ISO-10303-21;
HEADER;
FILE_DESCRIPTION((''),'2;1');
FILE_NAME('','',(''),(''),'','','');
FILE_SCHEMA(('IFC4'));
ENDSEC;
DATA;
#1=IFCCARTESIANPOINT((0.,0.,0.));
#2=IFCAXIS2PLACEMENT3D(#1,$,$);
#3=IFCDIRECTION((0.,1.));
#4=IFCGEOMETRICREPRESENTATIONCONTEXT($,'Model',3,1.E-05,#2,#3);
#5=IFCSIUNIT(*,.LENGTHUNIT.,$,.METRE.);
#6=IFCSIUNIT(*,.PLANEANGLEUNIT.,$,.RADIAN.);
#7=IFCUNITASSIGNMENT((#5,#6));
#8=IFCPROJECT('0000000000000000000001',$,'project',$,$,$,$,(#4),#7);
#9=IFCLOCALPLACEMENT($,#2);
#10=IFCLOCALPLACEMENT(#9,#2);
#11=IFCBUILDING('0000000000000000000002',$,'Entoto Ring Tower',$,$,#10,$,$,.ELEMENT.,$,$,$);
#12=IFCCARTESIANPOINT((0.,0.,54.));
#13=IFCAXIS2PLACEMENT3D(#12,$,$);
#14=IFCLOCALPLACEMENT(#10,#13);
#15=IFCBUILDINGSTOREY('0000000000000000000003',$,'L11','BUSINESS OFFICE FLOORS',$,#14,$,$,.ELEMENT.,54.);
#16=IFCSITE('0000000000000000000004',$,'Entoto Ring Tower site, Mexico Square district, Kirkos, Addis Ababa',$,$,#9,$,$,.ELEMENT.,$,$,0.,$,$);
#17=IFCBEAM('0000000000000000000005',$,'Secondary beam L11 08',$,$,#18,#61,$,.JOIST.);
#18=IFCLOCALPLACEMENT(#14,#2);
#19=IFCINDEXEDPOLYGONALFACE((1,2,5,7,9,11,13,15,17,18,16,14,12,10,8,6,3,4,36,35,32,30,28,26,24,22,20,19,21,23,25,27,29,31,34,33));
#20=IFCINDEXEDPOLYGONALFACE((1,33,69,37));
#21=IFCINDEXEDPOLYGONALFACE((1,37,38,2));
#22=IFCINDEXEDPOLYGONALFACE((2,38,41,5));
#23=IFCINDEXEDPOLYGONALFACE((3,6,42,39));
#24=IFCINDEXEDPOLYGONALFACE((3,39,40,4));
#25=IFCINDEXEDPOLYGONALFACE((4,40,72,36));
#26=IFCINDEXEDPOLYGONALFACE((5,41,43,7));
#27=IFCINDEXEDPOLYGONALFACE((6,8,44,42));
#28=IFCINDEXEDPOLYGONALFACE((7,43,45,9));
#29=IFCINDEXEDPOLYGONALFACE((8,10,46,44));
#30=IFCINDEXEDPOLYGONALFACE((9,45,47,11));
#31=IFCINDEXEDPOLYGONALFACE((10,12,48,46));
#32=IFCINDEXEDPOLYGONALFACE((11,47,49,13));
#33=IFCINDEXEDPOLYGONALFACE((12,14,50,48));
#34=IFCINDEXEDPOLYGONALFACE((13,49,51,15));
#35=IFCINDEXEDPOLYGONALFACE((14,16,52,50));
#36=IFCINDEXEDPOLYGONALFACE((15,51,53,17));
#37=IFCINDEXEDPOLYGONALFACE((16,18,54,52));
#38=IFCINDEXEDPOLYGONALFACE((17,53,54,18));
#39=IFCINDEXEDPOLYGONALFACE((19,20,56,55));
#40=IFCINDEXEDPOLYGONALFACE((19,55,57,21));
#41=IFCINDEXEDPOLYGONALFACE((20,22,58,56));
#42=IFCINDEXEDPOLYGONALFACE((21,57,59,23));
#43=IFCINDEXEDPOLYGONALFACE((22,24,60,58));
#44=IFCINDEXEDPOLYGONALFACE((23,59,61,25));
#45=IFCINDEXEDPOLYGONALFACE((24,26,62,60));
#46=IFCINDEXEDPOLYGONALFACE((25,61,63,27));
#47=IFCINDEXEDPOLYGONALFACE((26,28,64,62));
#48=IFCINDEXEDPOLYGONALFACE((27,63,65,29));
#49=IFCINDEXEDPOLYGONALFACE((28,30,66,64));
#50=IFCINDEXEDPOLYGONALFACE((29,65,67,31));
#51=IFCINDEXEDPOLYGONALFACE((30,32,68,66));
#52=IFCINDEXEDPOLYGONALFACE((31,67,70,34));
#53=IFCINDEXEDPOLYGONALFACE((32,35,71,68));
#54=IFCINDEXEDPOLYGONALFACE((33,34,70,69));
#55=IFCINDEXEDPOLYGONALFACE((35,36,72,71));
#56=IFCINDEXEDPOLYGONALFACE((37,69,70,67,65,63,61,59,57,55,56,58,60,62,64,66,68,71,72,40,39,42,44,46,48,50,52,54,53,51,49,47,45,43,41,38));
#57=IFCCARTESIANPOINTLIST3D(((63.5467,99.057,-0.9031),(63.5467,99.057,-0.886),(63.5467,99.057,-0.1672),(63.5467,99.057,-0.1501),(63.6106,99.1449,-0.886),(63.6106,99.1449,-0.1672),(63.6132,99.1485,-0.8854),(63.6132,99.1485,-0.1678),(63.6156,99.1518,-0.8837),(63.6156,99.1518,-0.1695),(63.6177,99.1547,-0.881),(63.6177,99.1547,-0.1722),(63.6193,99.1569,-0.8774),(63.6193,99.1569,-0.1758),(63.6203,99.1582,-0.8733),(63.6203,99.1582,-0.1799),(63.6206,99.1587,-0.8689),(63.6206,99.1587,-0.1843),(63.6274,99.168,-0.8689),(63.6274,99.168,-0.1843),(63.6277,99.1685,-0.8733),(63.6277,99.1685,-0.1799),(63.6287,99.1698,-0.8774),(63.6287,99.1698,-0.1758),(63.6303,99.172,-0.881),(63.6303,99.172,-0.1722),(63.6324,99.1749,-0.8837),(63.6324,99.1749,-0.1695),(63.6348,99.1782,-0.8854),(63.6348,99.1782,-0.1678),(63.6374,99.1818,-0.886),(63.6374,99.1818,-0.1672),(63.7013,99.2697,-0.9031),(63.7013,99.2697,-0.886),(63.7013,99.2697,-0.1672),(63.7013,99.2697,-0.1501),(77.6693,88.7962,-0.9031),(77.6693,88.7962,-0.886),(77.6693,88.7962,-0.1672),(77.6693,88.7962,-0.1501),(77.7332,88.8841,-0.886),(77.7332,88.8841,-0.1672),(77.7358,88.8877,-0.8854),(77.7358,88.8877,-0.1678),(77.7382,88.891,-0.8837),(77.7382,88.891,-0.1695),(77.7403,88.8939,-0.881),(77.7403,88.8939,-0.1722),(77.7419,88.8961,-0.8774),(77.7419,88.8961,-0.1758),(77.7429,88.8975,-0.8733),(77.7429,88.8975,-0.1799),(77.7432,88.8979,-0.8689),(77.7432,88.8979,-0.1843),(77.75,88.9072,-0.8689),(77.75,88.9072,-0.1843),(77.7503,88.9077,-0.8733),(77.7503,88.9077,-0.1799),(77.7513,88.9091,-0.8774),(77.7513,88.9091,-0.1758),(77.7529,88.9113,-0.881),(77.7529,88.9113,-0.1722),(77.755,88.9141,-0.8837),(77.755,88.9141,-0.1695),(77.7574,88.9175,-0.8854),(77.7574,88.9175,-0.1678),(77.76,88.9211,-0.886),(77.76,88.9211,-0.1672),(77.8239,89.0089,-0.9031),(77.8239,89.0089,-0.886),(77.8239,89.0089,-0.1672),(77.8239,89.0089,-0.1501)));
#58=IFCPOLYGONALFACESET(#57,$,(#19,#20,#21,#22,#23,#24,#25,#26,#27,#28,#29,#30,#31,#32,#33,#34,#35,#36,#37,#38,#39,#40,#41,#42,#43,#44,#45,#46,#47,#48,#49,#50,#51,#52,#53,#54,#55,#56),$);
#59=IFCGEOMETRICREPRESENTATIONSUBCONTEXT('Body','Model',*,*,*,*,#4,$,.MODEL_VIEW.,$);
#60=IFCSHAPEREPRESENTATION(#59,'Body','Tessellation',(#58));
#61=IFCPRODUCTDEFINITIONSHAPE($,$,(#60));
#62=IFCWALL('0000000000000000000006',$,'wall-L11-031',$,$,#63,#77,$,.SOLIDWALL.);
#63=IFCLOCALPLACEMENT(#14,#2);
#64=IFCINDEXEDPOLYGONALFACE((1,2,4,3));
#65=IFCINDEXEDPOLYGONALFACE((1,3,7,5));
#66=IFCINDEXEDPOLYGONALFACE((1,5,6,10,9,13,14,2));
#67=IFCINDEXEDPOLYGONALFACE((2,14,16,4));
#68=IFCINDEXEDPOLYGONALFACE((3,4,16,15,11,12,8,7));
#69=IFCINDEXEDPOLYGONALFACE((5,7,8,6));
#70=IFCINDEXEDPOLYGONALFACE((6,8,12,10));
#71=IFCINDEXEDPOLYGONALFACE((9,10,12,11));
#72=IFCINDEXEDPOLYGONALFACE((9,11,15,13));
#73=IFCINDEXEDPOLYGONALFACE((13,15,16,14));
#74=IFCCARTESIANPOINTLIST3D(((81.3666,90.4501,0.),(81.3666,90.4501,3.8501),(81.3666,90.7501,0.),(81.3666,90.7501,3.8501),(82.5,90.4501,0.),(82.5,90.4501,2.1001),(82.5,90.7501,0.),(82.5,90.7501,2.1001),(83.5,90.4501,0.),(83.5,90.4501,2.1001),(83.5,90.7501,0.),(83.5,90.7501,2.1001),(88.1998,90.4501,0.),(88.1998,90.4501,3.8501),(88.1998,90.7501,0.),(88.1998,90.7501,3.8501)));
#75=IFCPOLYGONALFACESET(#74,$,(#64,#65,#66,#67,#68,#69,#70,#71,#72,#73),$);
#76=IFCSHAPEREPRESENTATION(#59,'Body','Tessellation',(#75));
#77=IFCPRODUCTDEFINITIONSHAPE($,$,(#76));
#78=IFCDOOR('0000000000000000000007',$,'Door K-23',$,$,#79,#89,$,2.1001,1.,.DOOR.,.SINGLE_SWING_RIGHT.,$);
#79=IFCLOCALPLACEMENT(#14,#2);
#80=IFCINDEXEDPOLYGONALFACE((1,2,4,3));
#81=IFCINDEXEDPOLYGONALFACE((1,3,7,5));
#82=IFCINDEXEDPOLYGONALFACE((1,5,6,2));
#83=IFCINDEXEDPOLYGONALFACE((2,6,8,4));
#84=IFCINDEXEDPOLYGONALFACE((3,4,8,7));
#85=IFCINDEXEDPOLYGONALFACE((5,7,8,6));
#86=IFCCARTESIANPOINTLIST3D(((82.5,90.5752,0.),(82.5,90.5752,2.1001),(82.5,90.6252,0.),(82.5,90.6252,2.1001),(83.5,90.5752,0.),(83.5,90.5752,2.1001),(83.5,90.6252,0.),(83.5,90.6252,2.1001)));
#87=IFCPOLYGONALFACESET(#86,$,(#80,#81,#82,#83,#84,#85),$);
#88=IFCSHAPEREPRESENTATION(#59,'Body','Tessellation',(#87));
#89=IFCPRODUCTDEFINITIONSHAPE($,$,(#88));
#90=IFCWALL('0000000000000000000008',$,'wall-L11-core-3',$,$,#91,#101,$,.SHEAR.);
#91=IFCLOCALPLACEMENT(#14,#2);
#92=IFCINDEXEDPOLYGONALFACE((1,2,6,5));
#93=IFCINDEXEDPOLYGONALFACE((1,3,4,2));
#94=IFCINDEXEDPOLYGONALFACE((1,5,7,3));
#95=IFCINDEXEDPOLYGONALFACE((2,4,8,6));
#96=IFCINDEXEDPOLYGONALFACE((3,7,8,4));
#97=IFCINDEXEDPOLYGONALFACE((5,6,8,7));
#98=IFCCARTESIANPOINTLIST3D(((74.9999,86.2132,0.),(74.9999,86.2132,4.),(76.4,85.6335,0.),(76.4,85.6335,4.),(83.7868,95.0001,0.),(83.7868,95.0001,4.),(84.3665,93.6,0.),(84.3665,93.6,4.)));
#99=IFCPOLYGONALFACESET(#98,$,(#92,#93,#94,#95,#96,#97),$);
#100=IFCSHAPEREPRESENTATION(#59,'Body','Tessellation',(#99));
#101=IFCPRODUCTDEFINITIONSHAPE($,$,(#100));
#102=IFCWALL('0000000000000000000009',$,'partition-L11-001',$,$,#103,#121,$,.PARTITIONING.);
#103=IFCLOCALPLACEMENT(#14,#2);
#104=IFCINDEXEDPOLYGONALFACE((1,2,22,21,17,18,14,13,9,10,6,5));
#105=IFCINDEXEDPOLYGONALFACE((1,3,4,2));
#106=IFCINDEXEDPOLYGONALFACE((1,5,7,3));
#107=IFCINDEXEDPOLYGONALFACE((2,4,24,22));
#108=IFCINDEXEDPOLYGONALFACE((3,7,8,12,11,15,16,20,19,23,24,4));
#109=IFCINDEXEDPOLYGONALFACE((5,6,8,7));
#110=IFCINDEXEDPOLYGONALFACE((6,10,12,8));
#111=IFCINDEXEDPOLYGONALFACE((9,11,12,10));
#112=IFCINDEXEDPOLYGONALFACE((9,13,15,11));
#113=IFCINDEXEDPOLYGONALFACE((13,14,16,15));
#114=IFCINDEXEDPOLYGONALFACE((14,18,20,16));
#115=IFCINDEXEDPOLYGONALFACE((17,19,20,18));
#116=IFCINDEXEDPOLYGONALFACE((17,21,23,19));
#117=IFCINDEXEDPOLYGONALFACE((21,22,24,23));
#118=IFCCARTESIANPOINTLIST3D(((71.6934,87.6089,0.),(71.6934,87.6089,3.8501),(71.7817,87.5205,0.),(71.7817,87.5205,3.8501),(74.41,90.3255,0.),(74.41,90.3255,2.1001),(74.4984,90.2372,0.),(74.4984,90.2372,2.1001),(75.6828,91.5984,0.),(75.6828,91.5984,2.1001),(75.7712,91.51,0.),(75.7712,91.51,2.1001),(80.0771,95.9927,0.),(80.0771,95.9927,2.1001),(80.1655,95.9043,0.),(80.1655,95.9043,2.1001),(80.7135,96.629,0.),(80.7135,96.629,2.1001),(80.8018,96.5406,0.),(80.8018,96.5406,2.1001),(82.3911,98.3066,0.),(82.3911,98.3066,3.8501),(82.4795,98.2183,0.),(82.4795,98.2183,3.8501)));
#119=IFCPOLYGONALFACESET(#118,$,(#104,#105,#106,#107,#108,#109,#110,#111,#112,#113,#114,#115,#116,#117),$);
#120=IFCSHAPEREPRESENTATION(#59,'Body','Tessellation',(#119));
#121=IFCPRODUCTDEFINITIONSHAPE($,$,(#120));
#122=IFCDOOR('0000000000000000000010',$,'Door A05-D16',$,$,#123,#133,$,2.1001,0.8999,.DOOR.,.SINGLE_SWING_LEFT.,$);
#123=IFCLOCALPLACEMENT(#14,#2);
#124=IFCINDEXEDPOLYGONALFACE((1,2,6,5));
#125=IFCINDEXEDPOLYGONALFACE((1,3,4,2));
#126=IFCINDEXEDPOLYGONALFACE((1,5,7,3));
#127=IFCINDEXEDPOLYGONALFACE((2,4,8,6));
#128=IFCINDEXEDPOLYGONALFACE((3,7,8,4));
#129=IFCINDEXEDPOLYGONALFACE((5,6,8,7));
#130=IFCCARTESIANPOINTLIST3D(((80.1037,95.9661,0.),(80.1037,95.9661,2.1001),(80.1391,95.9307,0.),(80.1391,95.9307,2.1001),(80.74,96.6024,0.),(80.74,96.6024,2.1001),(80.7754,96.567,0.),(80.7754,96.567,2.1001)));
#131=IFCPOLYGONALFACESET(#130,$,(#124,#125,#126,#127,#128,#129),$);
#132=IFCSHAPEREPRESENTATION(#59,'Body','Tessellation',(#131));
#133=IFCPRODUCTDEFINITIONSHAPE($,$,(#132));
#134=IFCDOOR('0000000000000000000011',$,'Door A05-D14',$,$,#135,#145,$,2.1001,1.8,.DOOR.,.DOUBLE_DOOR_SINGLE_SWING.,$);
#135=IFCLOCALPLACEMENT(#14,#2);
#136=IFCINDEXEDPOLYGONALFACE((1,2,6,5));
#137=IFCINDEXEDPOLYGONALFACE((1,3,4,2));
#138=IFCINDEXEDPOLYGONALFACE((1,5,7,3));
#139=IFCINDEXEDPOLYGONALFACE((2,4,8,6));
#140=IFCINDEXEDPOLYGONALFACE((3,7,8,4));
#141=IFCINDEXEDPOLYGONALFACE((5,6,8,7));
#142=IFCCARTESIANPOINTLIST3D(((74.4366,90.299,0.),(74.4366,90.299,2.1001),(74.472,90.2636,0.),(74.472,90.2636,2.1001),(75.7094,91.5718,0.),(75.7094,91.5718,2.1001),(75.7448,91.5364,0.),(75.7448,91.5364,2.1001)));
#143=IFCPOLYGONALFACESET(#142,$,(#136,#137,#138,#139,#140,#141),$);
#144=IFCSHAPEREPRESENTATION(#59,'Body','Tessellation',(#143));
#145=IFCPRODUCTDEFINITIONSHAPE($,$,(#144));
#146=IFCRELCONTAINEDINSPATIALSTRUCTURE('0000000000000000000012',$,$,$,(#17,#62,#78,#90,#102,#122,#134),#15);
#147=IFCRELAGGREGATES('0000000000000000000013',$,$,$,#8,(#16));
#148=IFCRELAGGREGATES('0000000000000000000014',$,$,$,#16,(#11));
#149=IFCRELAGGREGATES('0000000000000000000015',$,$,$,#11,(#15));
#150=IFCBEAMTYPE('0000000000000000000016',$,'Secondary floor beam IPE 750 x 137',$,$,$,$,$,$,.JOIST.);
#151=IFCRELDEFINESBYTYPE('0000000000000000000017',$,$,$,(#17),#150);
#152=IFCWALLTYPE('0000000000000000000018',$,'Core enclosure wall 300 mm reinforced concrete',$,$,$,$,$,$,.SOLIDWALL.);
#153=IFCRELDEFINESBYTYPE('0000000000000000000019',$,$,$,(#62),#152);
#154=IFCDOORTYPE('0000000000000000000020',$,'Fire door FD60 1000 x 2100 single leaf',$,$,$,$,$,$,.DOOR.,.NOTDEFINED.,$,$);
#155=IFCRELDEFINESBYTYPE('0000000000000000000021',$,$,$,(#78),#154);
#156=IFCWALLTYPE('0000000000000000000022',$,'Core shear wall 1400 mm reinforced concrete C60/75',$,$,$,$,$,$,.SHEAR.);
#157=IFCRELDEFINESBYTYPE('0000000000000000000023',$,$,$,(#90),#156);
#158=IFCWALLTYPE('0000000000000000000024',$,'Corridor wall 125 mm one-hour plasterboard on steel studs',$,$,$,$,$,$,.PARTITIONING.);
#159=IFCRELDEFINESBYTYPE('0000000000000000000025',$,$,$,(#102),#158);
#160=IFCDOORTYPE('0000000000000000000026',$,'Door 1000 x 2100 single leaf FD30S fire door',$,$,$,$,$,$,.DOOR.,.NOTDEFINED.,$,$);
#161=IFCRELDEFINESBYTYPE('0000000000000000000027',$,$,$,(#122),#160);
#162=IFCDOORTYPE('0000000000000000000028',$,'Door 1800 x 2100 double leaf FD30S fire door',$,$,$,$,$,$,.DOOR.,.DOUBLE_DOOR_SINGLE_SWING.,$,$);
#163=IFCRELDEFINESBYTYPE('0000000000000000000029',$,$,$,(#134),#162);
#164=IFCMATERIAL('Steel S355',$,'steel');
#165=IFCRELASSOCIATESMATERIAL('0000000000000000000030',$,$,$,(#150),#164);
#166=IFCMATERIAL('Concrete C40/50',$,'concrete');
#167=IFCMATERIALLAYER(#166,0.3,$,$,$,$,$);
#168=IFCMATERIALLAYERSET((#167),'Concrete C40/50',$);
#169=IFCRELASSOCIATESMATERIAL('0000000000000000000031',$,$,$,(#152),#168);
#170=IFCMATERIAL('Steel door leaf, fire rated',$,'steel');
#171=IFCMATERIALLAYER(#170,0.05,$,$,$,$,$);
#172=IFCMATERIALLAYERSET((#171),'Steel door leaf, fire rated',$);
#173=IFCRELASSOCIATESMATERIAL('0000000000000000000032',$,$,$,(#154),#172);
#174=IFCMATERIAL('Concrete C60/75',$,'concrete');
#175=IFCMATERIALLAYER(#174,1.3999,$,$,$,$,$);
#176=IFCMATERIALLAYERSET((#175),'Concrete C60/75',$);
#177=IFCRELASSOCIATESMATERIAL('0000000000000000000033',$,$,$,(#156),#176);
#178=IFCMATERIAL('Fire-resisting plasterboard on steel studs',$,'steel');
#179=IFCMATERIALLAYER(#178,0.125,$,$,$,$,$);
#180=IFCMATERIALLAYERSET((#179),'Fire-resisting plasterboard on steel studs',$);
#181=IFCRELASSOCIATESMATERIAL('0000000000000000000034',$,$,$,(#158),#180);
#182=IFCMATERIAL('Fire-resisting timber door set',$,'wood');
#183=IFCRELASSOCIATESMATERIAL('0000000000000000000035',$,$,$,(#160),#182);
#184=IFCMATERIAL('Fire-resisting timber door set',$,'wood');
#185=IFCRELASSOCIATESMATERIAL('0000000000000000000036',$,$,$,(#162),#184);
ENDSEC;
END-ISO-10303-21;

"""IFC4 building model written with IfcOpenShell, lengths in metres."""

from ifc_helpers import new_model, si_unit, direction, frame, frame_2d, origin, origin_2d, place, context, subcontext, project, spatial, polyline, rectangle, i_section, outline, extrude, material, layer, layer_set, material_profile, profile_set, type_object, element, fill, save


model = new_model("IFC4")

# Units and contexts
model_context = context("Model", 3, precision=1e-05, world=origin(), true_north=direction((0.0, 1.0)))
body_context = subcontext(model_context, "Body", "Model", "MODEL_VIEW")
ifc_project = project(units=[si_unit("LENGTHUNIT", "METRE"), si_unit("PLANEANGLEUNIT", "RADIAN")], contexts=[model_context])

# Site, building, storey
site_placement = place(None, origin())
site = spatial("IfcSite", under=ifc_project, at=site_placement, Name="Entoto Ring Tower site, Mexico Square district, Kirkos, Addis Ababa", CompositionType="ELEMENT", RefElevation=0.0)
building_placement = place(site_placement, origin())
building = spatial("IfcBuilding", under=site, at=building_placement, Name="Entoto Ring Tower", CompositionType="ELEMENT")
storey_placement = place(building_placement, frame((0.0, 0.0, 54.0)))
storey = spatial("IfcBuildingStorey", under=building, at=storey_placement, Name="L11", Description="BUSINESS OFFICE FLOORS", CompositionType="ELEMENT", Elevation=54.0)

# Beam
ifc_material_1 = material(Name="Steel S355", Category="steel")
ifc_material_profile_1 = material_profile(ifc_material_1, i_section(OverallWidth=0.2629, OverallDepth=0.7529, WebThickness=0.0115, FlangeThickness=0.0171, FilletRadius=0.0171, at=origin_2d()), Name="IPE 750 x 137")
ifc_profile_set_1 = profile_set([ifc_material_profile_1], Name="Steel S355")
beam_type_1 = type_object("IfcBeamType", Name="Secondary floor beam IPE 750 x 137", PredefinedType="JOIST", material=ifc_profile_set_1)
for number, where, z_axis, x_axis, name in (
    (1, (77.7466, 88.9026, -0.5266), (-0.809014, 0.587789, 0.0), (-0.587789, -0.809014, 0.0), "Secondary beam L11 08"),
):
    element("IfcBeam", number, at=place(storey_placement, frame(where, z_axis=z_axis, x_axis=x_axis)), inside=storey, type_object=beam_type_1, Name=name, PredefinedType="JOIST", context=body_context, shape_type="SweptSolid", body=[
        extrude(i_section(OverallWidth=0.2629, OverallDepth=0.7529, WebThickness=0.0115, FlangeThickness=0.0171, FilletRadius=0.0171, at=origin_2d()), origin(), (0.0, 0.0, 1.0), 17.4565),
    ])

# Wall, opening, door
ifc_material_2 = material(Name="Concrete C40/50", Category="concrete")
ifc_layer_1 = layer(ifc_material_2, 0.3)
ifc_layer_set_1 = layer_set([ifc_layer_1], Name="Concrete C40/50")
wall_type_1 = type_object("IfcWallType", Name="Core enclosure wall 300 mm reinforced concrete", PredefinedType="SOLIDWALL", material=ifc_layer_set_1)
wall_1_placement = place(storey_placement, frame((81.3667, 90.6001, 0.0), z_axis=(0.0, 0.0, 1.0), x_axis=(1.0, 0.0, 0.0)))
wall_1 = element("IfcWall", 2, at=wall_1_placement, inside=storey, type_object=wall_type_1, Name="wall-L11-031", PredefinedType="SOLIDWALL", context=body_context, shape_type="SweptSolid", body=[
    extrude(rectangle(XDim=6.8333, YDim=0.3, at=frame_2d((3.4165, 0.0))), origin(), (0.0, 0.0, 1.0), 3.8501),
])
opening_1_placement = place(wall_1_placement, frame((1.1333, 0.0, 0.0)))
opening_1 = element("IfcOpeningElement", 3, at=opening_1_placement, cuts=wall_1, PredefinedType="OPENING", context=body_context, shape_type="SweptSolid", body=[
    extrude(rectangle(XDim=1.0, YDim=2.1001, at=frame_2d((0.5, 1.05))), frame((0.0, 0.1602, 0.0), z_axis=(0.0, -1.0, 0.0), x_axis=(1.0, 0.0, 0.0)), (0.0, 0.0, 1.0), 0.3201),
])
ifc_material_3 = material(Name="Steel door leaf, fire rated", Category="steel")
ifc_layer_2 = layer(ifc_material_3, 0.05)
ifc_layer_set_2 = layer_set([ifc_layer_2], Name="Steel door leaf, fire rated")
door_type_1 = type_object("IfcDoorType", Name="Fire door FD60 1000 x 2100 single leaf", OperationType="NOTDEFINED", PredefinedType="DOOR", material=ifc_layer_set_2)
door_1_placement = place(opening_1_placement, frame((1.0, 0.0, 0.0), z_axis=(0.0, 0.0, 1.0), x_axis=(-1.0, 0.0, 0.0)))
door_1 = element("IfcDoor", 4, at=door_1_placement, inside=storey, type_object=door_type_1, Name="Door K-23", OperationType="SINGLE_SWING_RIGHT", OverallHeight=2.1001, OverallWidth=1.0, PredefinedType="DOOR", context=body_context, shape_type="SweptSolid", body=[
    extrude(rectangle(XDim=1.0, YDim=2.1001, at=frame_2d((0.5, 1.05))), frame((0.0, 0.0249, 0.0), z_axis=(0.0, -1.0, 0.0), x_axis=(1.0, 0.0, 0.0)), (0.0, 0.0, 1.0), 0.05),
])
fill(opening_1, door_1)

# Wall
ifc_material_4 = material(Name="Concrete C60/75", Category="concrete")
ifc_layer_3 = layer(ifc_material_4, 1.3999)
ifc_layer_set_3 = layer_set([ifc_layer_3], Name="Concrete C60/75")
wall_type_2 = type_object("IfcWallType", Name="Core shear wall 1400 mm reinforced concrete C60/75", PredefinedType="SHEAR", material=ifc_layer_set_3)
wall_2_placement = place(storey_placement, frame((84.0767, 94.3, 0.0), z_axis=(0.0, 0.0, 1.0), x_axis=(-0.707107, -0.707107, 0.0)))
element("IfcWall", 5, at=wall_2_placement, inside=storey, type_object=wall_type_2, Name="wall-L11-core-3", PredefinedType="SHEAR", context=body_context, shape_type="SweptSolid", body=[
    extrude(outline(polyline([(-0.29, -0.7), (12.1365, -0.7), (11.5564, 0.7), (0.29, 0.7), (-0.29, -0.7)])), origin(), (0.0, 0.0, 1.0), 4.0),
])

# Wall, openings, doors
ifc_material_5 = material(Name="Fire-resisting plasterboard on steel studs", Category="steel")
ifc_layer_4 = layer(ifc_material_5, 0.125)
ifc_layer_set_4 = layer_set([ifc_layer_4], Name="Fire-resisting plasterboard on steel studs")
wall_type_3 = type_object("IfcWallType", Name="Corridor wall 125 mm one-hour plasterboard on steel studs", PredefinedType="PARTITIONING", material=ifc_layer_set_4)
wall_3_placement = place(storey_placement, frame((71.7375, 87.5647, 0.0), z_axis=(0.0, 0.0, 1.0), x_axis=(0.707107, 0.707107, 0.0)))
wall_3 = element("IfcWall", 6, at=wall_3_placement, inside=storey, type_object=wall_type_3, Name="partition-L11-001", PredefinedType="PARTITIONING", context=body_context, shape_type="SweptSolid", body=[
    extrude(rectangle(XDim=15.1289, YDim=0.125, at=frame_2d((7.5645, 0.0))), origin(), (0.0, 0.0, 1.0), 3.8501),
])
opening_2_placement = place(wall_3_placement, frame((3.842, 0.0, 0.0)))
opening_2 = element("IfcOpeningElement", 7, at=opening_2_placement, cuts=wall_3, PredefinedType="OPENING", context=body_context, shape_type="SweptSolid", body=[
    extrude(rectangle(XDim=1.8, YDim=2.1001, at=frame_2d((0.8999, 1.05))), frame((0.0, 0.0725, 0.0), z_axis=(0.0, -1.0, 0.0), x_axis=(1.0, 0.0, 0.0)), (0.0, 0.0, 1.0), 0.145),
])
opening_3_placement = place(wall_3_placement, frame((11.8564, 0.0, 0.0)))
opening_3 = element("IfcOpeningElement", 8, at=opening_3_placement, cuts=wall_3, PredefinedType="OPENING", context=body_context, shape_type="SweptSolid", body=[
    extrude(rectangle(XDim=0.8999, YDim=2.1001, at=frame_2d((0.45, 1.05))), frame((0.0, 0.0725, 0.0), z_axis=(0.0, -1.0, 0.0), x_axis=(1.0, 0.0, 0.0)), (0.0, 0.0, 1.0), 0.145),
])
ifc_material_6 = material(Name="Fire-resisting timber door set", Category="wood")
door_type_2 = type_object("IfcDoorType", Name="Door 1000 x 2100 single leaf FD30S fire door", OperationType="NOTDEFINED", PredefinedType="DOOR", material=ifc_material_6)
door_2_placement = place(opening_3_placement, origin())
door_2 = element("IfcDoor", 9, at=door_2_placement, inside=storey, type_object=door_type_2, Name="Door A05-D16", OperationType="SINGLE_SWING_LEFT", OverallHeight=2.1001, OverallWidth=0.8999, PredefinedType="DOOR", context=body_context, shape_type="SweptSolid", body=[
    extrude(rectangle(XDim=0.8999, YDim=2.1001, at=frame_2d((0.45, 1.05))), frame((0.0, 0.0249, 0.0), z_axis=(0.0, -1.0, 0.0), x_axis=(1.0, 0.0, 0.0)), (0.0, 0.0, 1.0), 0.05),
])
fill(opening_3, door_2)
ifc_material_7 = material(Name="Fire-resisting timber door set", Category="wood")
door_type_3 = type_object("IfcDoorType", Name="Door 1800 x 2100 double leaf FD30S fire door", OperationType="DOUBLE_DOOR_SINGLE_SWING", PredefinedType="DOOR", material=ifc_material_7)
door_3_placement = place(opening_2_placement, origin())
door_3 = element("IfcDoor", 10, at=door_3_placement, inside=storey, type_object=door_type_3, Name="Door A05-D14", OperationType="DOUBLE_DOOR_SINGLE_SWING", OverallHeight=2.1001, OverallWidth=1.8, PredefinedType="DOOR", context=body_context, shape_type="SweptSolid", body=[
    extrude(rectangle(XDim=1.8, YDim=2.1001, at=frame_2d((0.8999, 1.05))), frame((0.0, 0.0249, 0.0), z_axis=(0.0, -1.0, 0.0), x_axis=(1.0, 0.0, 0.0)), (0.0, 0.0, 1.0), 0.05),
])
fill(opening_2, door_3)

save(model, "model.ifc")
